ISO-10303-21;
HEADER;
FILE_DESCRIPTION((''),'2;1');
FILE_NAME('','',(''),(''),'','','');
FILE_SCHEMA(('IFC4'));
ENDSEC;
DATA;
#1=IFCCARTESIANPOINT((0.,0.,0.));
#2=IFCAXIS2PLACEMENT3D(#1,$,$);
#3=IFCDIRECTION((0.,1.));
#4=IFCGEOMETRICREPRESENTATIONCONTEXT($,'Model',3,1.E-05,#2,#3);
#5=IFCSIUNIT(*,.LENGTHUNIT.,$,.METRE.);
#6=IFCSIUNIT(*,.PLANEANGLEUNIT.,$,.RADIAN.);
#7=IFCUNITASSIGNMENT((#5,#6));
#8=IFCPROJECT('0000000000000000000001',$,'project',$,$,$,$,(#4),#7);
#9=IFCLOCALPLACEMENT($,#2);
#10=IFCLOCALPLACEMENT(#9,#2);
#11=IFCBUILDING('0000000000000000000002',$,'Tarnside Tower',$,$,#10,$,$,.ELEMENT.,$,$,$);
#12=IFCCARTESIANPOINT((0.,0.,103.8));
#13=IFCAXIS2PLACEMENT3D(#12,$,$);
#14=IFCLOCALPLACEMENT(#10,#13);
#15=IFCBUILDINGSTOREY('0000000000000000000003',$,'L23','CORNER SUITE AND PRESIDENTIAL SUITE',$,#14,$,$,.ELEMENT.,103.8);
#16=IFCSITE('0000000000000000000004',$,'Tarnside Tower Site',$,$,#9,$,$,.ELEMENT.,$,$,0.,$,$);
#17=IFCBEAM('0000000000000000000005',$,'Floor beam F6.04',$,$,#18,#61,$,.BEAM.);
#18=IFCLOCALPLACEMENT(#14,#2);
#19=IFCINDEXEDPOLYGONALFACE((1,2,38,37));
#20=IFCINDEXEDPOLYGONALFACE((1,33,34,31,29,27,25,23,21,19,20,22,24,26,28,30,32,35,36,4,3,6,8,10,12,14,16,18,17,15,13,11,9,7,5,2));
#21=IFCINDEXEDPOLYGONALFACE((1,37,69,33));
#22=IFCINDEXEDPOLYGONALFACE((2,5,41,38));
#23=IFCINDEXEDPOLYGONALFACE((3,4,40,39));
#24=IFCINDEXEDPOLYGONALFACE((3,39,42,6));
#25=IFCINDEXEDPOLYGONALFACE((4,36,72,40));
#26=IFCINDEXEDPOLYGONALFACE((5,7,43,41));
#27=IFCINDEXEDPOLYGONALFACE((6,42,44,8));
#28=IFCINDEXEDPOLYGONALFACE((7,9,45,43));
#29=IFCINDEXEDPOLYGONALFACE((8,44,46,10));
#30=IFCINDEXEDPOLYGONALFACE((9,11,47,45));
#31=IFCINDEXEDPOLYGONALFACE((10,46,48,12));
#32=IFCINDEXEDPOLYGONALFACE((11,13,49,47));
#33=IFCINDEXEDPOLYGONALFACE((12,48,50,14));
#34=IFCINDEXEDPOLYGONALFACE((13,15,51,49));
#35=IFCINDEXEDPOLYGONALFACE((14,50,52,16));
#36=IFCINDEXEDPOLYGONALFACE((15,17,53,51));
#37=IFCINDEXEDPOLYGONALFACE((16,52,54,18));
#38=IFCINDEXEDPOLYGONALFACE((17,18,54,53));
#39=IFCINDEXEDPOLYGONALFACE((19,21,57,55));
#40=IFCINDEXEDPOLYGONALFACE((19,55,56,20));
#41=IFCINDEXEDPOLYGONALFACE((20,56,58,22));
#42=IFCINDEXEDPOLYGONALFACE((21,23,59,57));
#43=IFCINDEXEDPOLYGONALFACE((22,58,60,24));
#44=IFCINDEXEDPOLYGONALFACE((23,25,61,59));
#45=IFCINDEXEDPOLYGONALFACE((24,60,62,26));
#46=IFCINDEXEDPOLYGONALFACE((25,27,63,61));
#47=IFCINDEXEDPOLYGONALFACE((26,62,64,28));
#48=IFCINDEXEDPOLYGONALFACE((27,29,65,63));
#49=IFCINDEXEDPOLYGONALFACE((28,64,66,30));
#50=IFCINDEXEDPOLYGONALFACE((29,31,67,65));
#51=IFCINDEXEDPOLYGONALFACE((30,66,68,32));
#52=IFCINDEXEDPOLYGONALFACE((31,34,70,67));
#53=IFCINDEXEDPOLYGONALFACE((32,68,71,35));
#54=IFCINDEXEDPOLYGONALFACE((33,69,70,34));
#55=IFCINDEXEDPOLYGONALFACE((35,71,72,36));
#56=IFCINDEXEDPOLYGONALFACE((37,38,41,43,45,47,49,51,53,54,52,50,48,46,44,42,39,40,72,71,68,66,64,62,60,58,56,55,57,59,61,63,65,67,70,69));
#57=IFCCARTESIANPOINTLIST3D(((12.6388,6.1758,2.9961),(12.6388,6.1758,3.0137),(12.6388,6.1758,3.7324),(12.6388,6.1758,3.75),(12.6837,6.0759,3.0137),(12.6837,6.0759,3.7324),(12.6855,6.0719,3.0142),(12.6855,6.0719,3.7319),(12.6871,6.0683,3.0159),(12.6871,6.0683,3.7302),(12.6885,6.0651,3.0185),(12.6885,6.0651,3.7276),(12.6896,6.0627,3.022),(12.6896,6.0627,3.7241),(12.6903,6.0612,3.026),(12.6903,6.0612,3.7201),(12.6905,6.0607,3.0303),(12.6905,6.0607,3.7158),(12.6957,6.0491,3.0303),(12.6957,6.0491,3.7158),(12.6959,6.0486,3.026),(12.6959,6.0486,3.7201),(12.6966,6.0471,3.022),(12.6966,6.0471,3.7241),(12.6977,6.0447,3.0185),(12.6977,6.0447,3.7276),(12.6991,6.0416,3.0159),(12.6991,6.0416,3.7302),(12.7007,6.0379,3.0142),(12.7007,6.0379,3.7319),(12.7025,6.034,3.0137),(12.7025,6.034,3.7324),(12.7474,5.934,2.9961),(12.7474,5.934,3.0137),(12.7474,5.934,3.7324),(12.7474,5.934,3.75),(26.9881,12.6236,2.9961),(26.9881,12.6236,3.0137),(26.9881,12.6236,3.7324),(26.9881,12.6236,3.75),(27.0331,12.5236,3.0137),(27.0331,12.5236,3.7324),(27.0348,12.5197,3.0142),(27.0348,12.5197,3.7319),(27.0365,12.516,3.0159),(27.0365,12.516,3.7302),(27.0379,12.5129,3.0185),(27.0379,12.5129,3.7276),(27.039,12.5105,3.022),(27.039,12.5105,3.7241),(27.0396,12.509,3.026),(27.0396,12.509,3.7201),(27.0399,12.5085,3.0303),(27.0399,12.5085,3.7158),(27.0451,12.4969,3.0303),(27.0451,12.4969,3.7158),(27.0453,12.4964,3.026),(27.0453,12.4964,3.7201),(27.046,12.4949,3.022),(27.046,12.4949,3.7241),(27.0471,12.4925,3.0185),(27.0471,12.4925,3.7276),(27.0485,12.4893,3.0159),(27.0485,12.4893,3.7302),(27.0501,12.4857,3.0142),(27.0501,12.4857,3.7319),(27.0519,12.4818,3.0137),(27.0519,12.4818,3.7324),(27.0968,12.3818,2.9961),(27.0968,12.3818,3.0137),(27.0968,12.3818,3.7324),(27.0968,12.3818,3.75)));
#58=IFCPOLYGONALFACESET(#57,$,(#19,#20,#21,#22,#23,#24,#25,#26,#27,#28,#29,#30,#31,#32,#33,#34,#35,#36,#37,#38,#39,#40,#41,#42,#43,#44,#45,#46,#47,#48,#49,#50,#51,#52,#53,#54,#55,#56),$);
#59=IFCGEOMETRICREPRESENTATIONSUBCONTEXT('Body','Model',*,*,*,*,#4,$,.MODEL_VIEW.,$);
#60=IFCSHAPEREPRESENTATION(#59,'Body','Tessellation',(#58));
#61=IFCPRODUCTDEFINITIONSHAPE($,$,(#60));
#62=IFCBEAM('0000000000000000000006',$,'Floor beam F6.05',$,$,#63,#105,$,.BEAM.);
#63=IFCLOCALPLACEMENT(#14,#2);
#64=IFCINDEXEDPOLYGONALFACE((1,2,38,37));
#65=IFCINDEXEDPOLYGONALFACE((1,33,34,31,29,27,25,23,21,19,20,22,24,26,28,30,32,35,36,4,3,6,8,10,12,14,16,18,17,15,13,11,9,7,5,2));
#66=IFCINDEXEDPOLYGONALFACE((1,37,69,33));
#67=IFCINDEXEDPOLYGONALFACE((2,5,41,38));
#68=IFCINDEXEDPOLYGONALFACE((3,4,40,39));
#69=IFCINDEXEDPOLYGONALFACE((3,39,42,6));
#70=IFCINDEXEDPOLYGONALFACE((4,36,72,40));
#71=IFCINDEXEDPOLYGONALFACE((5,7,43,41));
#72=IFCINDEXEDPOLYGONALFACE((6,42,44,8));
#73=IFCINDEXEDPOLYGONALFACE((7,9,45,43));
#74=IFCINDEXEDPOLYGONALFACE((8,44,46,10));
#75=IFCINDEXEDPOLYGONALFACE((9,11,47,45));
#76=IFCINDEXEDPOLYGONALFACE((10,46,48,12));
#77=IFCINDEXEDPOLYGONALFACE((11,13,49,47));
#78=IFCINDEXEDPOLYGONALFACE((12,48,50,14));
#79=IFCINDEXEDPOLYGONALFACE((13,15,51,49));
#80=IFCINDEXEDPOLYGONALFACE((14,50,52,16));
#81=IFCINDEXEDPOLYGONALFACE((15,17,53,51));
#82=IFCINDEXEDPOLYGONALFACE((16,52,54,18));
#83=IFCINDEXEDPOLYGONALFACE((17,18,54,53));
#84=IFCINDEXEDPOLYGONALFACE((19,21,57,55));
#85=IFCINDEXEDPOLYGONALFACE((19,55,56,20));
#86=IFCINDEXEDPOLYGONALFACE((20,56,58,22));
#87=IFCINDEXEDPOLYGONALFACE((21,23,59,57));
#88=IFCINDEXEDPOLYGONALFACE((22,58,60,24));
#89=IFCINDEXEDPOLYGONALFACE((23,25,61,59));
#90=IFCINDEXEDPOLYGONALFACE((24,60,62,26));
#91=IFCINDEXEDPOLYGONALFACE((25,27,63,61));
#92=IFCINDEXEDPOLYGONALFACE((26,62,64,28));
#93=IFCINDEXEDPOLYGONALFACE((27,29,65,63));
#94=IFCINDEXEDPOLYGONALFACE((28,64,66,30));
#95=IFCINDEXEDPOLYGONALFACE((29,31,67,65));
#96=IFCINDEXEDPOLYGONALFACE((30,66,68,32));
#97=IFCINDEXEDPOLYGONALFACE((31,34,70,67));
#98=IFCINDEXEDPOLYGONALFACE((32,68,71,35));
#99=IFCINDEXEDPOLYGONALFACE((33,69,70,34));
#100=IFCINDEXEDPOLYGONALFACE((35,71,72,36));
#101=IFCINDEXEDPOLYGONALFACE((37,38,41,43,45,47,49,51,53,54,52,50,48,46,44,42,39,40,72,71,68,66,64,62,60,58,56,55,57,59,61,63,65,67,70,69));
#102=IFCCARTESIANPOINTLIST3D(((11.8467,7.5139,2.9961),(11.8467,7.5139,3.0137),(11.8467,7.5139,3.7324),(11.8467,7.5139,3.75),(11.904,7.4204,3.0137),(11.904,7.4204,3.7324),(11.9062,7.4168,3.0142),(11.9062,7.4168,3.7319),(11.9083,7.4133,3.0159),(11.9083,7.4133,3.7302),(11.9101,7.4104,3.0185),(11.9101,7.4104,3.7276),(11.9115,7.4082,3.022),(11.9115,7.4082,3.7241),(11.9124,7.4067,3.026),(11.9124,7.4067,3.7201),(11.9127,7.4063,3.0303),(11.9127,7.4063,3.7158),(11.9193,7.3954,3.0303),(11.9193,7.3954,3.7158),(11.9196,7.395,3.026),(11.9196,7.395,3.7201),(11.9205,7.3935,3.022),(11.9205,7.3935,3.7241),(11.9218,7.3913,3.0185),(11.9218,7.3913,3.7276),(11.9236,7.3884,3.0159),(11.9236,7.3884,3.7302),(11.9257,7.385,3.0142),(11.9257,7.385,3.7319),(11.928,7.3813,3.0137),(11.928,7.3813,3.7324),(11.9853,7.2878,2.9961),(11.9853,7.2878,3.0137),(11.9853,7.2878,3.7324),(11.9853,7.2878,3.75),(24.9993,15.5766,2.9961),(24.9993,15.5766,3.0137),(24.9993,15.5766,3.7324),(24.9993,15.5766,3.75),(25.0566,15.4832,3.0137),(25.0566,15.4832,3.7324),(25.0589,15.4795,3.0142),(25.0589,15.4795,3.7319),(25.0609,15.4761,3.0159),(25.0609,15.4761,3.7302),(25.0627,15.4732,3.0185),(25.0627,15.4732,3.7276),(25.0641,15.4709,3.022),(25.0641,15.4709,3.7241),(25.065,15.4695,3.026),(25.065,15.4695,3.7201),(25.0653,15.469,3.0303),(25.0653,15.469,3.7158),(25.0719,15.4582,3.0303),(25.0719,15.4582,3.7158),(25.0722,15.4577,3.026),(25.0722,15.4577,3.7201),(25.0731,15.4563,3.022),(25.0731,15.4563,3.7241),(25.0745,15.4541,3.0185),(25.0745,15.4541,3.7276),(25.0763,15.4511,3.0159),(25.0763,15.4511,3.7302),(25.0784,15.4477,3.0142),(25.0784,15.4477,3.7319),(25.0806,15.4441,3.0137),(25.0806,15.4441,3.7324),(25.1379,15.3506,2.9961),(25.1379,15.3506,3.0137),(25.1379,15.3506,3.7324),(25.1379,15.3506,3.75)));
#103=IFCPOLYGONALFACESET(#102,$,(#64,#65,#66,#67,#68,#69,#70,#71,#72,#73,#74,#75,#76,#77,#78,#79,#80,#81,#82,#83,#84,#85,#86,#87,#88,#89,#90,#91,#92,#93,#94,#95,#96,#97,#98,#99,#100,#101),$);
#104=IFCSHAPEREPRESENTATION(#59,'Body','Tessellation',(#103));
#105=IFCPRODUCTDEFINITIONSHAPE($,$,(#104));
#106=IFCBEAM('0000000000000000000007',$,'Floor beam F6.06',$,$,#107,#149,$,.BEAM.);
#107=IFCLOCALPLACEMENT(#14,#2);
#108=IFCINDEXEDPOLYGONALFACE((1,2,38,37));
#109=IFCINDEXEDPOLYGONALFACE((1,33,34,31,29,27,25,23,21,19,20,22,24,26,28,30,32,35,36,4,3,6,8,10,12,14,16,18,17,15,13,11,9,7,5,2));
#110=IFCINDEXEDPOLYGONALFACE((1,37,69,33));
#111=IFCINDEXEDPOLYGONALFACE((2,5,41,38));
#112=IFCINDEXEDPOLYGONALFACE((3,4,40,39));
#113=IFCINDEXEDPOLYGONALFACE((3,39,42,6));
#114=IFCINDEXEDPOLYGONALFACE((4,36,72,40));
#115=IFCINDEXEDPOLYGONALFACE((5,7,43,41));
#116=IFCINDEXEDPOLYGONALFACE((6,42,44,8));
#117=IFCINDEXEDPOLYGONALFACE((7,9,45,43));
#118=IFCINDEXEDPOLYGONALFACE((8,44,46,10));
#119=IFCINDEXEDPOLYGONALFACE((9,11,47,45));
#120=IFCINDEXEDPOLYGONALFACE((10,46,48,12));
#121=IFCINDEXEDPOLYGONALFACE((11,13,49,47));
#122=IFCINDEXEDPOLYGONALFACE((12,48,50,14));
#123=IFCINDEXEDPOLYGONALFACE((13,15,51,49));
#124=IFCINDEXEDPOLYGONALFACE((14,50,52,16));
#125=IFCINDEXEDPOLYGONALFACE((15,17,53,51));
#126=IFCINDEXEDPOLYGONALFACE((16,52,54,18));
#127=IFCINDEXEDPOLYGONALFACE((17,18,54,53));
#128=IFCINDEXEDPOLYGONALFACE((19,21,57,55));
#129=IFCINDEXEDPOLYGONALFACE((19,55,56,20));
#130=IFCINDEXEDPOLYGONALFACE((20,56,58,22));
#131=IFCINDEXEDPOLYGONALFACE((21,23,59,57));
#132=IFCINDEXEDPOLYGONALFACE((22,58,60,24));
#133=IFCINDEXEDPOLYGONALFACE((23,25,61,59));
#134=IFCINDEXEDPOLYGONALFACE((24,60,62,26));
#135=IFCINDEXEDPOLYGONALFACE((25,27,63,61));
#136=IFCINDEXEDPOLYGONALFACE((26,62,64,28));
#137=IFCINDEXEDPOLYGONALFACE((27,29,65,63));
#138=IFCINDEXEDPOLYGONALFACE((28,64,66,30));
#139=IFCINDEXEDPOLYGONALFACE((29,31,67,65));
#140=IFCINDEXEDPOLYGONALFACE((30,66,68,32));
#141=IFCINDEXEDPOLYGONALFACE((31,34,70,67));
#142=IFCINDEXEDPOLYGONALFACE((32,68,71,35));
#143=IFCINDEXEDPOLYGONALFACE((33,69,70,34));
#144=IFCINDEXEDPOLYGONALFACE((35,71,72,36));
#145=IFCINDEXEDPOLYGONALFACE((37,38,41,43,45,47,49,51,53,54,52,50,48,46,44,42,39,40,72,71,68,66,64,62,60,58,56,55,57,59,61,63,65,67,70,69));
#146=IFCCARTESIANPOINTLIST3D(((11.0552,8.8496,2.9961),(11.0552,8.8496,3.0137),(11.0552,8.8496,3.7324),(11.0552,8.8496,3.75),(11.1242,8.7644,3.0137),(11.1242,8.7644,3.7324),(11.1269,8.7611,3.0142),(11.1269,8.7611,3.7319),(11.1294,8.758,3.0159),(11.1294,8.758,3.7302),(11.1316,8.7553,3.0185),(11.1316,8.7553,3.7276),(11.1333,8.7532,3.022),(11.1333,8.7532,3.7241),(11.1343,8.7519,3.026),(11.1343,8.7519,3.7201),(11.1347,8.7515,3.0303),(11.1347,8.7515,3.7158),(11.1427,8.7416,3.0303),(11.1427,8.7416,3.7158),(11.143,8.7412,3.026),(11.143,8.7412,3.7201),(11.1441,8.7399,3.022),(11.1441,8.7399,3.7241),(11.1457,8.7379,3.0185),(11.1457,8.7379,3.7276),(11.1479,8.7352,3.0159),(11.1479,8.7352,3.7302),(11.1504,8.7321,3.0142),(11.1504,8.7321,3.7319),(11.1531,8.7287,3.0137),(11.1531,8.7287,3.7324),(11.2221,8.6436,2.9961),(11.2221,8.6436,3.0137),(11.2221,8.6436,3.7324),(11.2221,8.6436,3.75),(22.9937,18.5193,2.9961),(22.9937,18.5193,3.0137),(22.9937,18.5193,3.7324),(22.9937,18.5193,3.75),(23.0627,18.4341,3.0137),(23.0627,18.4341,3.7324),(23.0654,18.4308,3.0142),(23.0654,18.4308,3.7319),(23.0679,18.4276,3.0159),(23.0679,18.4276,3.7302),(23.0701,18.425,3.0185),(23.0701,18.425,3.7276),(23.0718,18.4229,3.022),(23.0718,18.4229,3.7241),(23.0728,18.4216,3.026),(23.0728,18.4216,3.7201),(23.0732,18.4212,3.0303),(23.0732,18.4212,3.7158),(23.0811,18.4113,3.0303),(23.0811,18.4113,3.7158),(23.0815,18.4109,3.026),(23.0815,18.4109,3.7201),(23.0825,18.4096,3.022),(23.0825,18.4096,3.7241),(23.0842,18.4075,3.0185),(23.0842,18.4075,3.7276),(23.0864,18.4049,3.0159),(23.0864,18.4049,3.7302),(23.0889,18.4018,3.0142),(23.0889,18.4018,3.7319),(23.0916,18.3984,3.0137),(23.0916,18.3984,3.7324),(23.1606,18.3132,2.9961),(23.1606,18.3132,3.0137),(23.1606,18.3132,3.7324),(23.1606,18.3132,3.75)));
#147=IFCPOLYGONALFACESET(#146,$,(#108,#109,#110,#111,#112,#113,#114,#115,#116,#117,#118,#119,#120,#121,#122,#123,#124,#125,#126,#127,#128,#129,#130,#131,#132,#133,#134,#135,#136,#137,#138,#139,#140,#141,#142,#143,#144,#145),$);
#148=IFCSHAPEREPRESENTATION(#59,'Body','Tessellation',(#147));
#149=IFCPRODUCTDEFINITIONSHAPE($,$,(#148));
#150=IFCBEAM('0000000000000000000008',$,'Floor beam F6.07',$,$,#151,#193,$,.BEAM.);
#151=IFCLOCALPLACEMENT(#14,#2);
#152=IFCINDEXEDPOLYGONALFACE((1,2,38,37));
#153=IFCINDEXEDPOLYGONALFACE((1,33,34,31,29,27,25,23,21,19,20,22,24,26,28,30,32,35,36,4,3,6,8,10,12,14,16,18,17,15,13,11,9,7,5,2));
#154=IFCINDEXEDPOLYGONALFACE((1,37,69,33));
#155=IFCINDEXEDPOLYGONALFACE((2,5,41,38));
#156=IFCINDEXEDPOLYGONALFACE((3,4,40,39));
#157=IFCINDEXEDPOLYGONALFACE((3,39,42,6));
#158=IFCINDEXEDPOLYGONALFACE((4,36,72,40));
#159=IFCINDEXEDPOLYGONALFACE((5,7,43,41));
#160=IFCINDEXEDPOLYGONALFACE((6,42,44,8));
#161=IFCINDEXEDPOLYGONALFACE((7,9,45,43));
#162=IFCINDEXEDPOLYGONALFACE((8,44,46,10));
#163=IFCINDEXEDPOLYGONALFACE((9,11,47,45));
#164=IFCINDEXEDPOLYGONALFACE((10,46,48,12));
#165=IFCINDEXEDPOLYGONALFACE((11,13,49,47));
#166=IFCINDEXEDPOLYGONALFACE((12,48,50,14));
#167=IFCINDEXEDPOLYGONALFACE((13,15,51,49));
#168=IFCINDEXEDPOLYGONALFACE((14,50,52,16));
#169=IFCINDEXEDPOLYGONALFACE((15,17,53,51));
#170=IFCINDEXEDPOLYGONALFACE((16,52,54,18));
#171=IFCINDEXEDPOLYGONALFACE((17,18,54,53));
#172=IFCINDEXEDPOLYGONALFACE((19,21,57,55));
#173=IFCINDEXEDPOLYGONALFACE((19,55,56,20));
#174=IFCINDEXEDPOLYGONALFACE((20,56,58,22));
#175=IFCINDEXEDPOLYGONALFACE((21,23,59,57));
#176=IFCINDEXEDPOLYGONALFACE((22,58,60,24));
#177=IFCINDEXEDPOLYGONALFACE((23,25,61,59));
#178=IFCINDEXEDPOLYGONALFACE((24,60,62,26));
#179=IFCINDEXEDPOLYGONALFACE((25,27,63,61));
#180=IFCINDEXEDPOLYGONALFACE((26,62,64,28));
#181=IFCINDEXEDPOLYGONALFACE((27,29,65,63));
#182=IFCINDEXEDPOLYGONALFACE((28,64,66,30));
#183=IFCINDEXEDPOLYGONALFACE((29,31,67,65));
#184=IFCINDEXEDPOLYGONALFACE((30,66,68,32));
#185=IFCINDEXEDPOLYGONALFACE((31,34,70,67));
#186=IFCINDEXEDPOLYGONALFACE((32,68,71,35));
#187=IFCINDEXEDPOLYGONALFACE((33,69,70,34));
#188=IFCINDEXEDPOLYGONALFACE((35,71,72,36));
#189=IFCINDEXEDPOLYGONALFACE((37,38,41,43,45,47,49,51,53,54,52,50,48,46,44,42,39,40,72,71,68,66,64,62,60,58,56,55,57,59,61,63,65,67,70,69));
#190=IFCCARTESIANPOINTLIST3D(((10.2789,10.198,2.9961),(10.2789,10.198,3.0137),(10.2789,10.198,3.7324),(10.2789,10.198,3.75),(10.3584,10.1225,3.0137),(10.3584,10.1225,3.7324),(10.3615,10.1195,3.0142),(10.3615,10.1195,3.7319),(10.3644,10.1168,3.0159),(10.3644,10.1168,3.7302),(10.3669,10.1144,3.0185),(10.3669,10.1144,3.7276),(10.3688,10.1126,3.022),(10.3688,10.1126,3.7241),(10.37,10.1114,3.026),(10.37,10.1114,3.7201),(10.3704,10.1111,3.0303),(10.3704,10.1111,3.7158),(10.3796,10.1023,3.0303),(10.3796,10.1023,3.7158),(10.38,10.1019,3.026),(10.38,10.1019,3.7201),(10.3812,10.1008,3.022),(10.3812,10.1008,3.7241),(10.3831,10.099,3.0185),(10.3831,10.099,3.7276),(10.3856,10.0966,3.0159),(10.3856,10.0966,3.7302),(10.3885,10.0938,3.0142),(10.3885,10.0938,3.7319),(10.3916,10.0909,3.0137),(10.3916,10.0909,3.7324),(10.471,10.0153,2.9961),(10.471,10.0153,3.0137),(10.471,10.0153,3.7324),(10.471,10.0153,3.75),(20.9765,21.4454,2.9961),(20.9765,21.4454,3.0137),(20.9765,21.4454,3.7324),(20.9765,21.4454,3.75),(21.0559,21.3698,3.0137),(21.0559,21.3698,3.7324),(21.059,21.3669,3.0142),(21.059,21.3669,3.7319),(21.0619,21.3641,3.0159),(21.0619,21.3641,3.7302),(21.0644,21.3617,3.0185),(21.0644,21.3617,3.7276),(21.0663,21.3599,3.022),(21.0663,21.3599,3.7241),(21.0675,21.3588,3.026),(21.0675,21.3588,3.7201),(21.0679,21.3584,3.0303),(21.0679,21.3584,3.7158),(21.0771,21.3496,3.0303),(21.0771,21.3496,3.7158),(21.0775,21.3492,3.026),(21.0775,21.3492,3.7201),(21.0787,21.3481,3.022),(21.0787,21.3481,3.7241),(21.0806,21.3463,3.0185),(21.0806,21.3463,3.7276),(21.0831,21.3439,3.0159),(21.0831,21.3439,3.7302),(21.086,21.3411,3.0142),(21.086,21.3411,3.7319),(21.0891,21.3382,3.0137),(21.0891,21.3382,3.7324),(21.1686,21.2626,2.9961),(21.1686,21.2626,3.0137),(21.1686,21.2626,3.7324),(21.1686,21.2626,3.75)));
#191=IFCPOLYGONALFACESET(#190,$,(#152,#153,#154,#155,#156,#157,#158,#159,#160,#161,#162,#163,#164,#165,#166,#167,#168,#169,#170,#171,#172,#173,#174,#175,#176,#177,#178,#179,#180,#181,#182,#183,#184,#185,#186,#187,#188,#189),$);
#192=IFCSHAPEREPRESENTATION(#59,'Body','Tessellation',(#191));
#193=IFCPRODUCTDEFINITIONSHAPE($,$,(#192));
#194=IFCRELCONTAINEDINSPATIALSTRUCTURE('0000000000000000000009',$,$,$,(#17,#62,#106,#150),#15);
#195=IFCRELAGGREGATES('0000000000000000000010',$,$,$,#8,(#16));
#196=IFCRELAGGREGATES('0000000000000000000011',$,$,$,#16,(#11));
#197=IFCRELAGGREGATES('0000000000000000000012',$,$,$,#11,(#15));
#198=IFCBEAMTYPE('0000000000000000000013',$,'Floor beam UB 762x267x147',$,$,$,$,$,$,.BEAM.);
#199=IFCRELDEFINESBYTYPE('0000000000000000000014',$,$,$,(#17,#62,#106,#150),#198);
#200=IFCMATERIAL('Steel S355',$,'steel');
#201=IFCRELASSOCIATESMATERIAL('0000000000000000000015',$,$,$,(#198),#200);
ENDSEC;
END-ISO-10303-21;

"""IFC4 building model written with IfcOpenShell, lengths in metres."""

from ifc_helpers import new_model, si_unit, direction, frame, origin, origin_2d, place, context, subcontext, project, spatial, i_section, extrude, material, material_profile, profile_set, type_object, element, save


model = new_model("IFC4")

# Units and contexts
model_context = context("Model", 3, precision=1e-05, world=origin(), true_north=direction((0.0, 1.0)))
body_context = subcontext(model_context, "Body", "Model", "MODEL_VIEW")
ifc_project = project(units=[si_unit("LENGTHUNIT", "METRE"), si_unit("PLANEANGLEUNIT", "RADIAN")], contexts=[model_context])

# Site, building, storey
site_placement = place(None, origin())
site = spatial("IfcSite", under=ifc_project, at=site_placement, Name="Tarnside Tower Site", CompositionType="ELEMENT", RefElevation=0.0)
building_placement = place(site_placement, origin())
building = spatial("IfcBuilding", under=site, at=building_placement, Name="Tarnside Tower", CompositionType="ELEMENT")
storey_placement = place(building_placement, frame((0.0, 0.0, 103.8)))
storey = spatial("IfcBuildingStorey", under=building, at=storey_placement, Name="L23", Description="CORNER SUITE AND PRESIDENTIAL SUITE", CompositionType="ELEMENT", Elevation=103.8)

# Beams
ifc_material_1 = material(Name="Steel S355", Category="steel")
ifc_material_profile_1 = material_profile(ifc_material_1, i_section(OverallWidth=0.2651, OverallDepth=0.7539, WebThickness=0.0127, FlangeThickness=0.0176, FilletRadius=0.0166, at=origin_2d()), Name="UB 762x267x147")
ifc_profile_set_1 = profile_set([ifc_material_profile_1], Name="Steel S355")
beam_type_1 = type_object("IfcBeamType", Name="Floor beam UB 762x267x147", PredefinedType="BEAM", material=ifc_profile_set_1)
beam_1_placement = place(storey_placement, frame((27.0425, 12.5027, 3.373), z_axis=(-0.912146, -0.409865, 0.0), x_axis=(0.409865, -0.912146, 0.0)))
element("IfcBeam", 1, at=beam_1_placement, inside=storey, type_object=beam_type_1, Name="Floor beam F6.04", PredefinedType="BEAM", context=body_context, shape_type="SweptSolid", body=[
    extrude(i_section(OverallWidth=0.2651, OverallDepth=0.7539, WebThickness=0.0127, FlangeThickness=0.0176, FilletRadius=0.0166, at=origin_2d()), origin(), (0.0, 0.0, 1.0), 15.7314),
])
beam_2_placement = place(storey_placement, frame((25.0686, 15.4636, 3.373), z_axis=(-0.852558, -0.522632, 0.0), x_axis=(0.522632, -0.852558, 0.0)))
element("IfcBeam", 2, at=beam_2_placement, inside=storey, type_object=beam_type_1, Name="Floor beam F6.05", PredefinedType="BEAM", context=body_context, shape_type="SweptSolid", body=[
    extrude(i_section(OverallWidth=0.2651, OverallDepth=0.7539, WebThickness=0.0127, FlangeThickness=0.0176, FilletRadius=0.0166, at=origin_2d()), origin(), (0.0, 0.0, 1.0), 15.4272),
])
beam_3_placement = place(storey_placement, frame((23.0771, 18.4163, 3.373), z_axis=(-0.777079, -0.629403, 0.0), x_axis=(0.629403, -0.777079, 0.0)))
element("IfcBeam", 3, at=beam_3_placement, inside=storey, type_object=beam_type_1, Name="Floor beam F6.06", PredefinedType="BEAM", context=body_context, shape_type="SweptSolid", body=[
    extrude(i_section(OverallWidth=0.2651, OverallDepth=0.7539, WebThickness=0.0127, FlangeThickness=0.0176, FilletRadius=0.0166, at=origin_2d()), origin(), (0.0, 0.0, 1.0), 15.3633),
])
beam_4_placement = place(storey_placement, frame((21.0725, 21.354, 3.373), z_axis=(-0.689175, -0.724595, 0.0), x_axis=(0.724595, -0.689175, 0.0)))
element("IfcBeam", 4, at=beam_4_placement, inside=storey, type_object=beam_type_1, Name="Floor beam F6.07", PredefinedType="BEAM", context=body_context, shape_type="SweptSolid", body=[
    extrude(i_section(OverallWidth=0.2651, OverallDepth=0.7539, WebThickness=0.0127, FlangeThickness=0.0176, FilletRadius=0.0166, at=origin_2d()), origin(), (0.0, 0.0, 1.0), 15.5222),
])

save(model, "model.ifc")
